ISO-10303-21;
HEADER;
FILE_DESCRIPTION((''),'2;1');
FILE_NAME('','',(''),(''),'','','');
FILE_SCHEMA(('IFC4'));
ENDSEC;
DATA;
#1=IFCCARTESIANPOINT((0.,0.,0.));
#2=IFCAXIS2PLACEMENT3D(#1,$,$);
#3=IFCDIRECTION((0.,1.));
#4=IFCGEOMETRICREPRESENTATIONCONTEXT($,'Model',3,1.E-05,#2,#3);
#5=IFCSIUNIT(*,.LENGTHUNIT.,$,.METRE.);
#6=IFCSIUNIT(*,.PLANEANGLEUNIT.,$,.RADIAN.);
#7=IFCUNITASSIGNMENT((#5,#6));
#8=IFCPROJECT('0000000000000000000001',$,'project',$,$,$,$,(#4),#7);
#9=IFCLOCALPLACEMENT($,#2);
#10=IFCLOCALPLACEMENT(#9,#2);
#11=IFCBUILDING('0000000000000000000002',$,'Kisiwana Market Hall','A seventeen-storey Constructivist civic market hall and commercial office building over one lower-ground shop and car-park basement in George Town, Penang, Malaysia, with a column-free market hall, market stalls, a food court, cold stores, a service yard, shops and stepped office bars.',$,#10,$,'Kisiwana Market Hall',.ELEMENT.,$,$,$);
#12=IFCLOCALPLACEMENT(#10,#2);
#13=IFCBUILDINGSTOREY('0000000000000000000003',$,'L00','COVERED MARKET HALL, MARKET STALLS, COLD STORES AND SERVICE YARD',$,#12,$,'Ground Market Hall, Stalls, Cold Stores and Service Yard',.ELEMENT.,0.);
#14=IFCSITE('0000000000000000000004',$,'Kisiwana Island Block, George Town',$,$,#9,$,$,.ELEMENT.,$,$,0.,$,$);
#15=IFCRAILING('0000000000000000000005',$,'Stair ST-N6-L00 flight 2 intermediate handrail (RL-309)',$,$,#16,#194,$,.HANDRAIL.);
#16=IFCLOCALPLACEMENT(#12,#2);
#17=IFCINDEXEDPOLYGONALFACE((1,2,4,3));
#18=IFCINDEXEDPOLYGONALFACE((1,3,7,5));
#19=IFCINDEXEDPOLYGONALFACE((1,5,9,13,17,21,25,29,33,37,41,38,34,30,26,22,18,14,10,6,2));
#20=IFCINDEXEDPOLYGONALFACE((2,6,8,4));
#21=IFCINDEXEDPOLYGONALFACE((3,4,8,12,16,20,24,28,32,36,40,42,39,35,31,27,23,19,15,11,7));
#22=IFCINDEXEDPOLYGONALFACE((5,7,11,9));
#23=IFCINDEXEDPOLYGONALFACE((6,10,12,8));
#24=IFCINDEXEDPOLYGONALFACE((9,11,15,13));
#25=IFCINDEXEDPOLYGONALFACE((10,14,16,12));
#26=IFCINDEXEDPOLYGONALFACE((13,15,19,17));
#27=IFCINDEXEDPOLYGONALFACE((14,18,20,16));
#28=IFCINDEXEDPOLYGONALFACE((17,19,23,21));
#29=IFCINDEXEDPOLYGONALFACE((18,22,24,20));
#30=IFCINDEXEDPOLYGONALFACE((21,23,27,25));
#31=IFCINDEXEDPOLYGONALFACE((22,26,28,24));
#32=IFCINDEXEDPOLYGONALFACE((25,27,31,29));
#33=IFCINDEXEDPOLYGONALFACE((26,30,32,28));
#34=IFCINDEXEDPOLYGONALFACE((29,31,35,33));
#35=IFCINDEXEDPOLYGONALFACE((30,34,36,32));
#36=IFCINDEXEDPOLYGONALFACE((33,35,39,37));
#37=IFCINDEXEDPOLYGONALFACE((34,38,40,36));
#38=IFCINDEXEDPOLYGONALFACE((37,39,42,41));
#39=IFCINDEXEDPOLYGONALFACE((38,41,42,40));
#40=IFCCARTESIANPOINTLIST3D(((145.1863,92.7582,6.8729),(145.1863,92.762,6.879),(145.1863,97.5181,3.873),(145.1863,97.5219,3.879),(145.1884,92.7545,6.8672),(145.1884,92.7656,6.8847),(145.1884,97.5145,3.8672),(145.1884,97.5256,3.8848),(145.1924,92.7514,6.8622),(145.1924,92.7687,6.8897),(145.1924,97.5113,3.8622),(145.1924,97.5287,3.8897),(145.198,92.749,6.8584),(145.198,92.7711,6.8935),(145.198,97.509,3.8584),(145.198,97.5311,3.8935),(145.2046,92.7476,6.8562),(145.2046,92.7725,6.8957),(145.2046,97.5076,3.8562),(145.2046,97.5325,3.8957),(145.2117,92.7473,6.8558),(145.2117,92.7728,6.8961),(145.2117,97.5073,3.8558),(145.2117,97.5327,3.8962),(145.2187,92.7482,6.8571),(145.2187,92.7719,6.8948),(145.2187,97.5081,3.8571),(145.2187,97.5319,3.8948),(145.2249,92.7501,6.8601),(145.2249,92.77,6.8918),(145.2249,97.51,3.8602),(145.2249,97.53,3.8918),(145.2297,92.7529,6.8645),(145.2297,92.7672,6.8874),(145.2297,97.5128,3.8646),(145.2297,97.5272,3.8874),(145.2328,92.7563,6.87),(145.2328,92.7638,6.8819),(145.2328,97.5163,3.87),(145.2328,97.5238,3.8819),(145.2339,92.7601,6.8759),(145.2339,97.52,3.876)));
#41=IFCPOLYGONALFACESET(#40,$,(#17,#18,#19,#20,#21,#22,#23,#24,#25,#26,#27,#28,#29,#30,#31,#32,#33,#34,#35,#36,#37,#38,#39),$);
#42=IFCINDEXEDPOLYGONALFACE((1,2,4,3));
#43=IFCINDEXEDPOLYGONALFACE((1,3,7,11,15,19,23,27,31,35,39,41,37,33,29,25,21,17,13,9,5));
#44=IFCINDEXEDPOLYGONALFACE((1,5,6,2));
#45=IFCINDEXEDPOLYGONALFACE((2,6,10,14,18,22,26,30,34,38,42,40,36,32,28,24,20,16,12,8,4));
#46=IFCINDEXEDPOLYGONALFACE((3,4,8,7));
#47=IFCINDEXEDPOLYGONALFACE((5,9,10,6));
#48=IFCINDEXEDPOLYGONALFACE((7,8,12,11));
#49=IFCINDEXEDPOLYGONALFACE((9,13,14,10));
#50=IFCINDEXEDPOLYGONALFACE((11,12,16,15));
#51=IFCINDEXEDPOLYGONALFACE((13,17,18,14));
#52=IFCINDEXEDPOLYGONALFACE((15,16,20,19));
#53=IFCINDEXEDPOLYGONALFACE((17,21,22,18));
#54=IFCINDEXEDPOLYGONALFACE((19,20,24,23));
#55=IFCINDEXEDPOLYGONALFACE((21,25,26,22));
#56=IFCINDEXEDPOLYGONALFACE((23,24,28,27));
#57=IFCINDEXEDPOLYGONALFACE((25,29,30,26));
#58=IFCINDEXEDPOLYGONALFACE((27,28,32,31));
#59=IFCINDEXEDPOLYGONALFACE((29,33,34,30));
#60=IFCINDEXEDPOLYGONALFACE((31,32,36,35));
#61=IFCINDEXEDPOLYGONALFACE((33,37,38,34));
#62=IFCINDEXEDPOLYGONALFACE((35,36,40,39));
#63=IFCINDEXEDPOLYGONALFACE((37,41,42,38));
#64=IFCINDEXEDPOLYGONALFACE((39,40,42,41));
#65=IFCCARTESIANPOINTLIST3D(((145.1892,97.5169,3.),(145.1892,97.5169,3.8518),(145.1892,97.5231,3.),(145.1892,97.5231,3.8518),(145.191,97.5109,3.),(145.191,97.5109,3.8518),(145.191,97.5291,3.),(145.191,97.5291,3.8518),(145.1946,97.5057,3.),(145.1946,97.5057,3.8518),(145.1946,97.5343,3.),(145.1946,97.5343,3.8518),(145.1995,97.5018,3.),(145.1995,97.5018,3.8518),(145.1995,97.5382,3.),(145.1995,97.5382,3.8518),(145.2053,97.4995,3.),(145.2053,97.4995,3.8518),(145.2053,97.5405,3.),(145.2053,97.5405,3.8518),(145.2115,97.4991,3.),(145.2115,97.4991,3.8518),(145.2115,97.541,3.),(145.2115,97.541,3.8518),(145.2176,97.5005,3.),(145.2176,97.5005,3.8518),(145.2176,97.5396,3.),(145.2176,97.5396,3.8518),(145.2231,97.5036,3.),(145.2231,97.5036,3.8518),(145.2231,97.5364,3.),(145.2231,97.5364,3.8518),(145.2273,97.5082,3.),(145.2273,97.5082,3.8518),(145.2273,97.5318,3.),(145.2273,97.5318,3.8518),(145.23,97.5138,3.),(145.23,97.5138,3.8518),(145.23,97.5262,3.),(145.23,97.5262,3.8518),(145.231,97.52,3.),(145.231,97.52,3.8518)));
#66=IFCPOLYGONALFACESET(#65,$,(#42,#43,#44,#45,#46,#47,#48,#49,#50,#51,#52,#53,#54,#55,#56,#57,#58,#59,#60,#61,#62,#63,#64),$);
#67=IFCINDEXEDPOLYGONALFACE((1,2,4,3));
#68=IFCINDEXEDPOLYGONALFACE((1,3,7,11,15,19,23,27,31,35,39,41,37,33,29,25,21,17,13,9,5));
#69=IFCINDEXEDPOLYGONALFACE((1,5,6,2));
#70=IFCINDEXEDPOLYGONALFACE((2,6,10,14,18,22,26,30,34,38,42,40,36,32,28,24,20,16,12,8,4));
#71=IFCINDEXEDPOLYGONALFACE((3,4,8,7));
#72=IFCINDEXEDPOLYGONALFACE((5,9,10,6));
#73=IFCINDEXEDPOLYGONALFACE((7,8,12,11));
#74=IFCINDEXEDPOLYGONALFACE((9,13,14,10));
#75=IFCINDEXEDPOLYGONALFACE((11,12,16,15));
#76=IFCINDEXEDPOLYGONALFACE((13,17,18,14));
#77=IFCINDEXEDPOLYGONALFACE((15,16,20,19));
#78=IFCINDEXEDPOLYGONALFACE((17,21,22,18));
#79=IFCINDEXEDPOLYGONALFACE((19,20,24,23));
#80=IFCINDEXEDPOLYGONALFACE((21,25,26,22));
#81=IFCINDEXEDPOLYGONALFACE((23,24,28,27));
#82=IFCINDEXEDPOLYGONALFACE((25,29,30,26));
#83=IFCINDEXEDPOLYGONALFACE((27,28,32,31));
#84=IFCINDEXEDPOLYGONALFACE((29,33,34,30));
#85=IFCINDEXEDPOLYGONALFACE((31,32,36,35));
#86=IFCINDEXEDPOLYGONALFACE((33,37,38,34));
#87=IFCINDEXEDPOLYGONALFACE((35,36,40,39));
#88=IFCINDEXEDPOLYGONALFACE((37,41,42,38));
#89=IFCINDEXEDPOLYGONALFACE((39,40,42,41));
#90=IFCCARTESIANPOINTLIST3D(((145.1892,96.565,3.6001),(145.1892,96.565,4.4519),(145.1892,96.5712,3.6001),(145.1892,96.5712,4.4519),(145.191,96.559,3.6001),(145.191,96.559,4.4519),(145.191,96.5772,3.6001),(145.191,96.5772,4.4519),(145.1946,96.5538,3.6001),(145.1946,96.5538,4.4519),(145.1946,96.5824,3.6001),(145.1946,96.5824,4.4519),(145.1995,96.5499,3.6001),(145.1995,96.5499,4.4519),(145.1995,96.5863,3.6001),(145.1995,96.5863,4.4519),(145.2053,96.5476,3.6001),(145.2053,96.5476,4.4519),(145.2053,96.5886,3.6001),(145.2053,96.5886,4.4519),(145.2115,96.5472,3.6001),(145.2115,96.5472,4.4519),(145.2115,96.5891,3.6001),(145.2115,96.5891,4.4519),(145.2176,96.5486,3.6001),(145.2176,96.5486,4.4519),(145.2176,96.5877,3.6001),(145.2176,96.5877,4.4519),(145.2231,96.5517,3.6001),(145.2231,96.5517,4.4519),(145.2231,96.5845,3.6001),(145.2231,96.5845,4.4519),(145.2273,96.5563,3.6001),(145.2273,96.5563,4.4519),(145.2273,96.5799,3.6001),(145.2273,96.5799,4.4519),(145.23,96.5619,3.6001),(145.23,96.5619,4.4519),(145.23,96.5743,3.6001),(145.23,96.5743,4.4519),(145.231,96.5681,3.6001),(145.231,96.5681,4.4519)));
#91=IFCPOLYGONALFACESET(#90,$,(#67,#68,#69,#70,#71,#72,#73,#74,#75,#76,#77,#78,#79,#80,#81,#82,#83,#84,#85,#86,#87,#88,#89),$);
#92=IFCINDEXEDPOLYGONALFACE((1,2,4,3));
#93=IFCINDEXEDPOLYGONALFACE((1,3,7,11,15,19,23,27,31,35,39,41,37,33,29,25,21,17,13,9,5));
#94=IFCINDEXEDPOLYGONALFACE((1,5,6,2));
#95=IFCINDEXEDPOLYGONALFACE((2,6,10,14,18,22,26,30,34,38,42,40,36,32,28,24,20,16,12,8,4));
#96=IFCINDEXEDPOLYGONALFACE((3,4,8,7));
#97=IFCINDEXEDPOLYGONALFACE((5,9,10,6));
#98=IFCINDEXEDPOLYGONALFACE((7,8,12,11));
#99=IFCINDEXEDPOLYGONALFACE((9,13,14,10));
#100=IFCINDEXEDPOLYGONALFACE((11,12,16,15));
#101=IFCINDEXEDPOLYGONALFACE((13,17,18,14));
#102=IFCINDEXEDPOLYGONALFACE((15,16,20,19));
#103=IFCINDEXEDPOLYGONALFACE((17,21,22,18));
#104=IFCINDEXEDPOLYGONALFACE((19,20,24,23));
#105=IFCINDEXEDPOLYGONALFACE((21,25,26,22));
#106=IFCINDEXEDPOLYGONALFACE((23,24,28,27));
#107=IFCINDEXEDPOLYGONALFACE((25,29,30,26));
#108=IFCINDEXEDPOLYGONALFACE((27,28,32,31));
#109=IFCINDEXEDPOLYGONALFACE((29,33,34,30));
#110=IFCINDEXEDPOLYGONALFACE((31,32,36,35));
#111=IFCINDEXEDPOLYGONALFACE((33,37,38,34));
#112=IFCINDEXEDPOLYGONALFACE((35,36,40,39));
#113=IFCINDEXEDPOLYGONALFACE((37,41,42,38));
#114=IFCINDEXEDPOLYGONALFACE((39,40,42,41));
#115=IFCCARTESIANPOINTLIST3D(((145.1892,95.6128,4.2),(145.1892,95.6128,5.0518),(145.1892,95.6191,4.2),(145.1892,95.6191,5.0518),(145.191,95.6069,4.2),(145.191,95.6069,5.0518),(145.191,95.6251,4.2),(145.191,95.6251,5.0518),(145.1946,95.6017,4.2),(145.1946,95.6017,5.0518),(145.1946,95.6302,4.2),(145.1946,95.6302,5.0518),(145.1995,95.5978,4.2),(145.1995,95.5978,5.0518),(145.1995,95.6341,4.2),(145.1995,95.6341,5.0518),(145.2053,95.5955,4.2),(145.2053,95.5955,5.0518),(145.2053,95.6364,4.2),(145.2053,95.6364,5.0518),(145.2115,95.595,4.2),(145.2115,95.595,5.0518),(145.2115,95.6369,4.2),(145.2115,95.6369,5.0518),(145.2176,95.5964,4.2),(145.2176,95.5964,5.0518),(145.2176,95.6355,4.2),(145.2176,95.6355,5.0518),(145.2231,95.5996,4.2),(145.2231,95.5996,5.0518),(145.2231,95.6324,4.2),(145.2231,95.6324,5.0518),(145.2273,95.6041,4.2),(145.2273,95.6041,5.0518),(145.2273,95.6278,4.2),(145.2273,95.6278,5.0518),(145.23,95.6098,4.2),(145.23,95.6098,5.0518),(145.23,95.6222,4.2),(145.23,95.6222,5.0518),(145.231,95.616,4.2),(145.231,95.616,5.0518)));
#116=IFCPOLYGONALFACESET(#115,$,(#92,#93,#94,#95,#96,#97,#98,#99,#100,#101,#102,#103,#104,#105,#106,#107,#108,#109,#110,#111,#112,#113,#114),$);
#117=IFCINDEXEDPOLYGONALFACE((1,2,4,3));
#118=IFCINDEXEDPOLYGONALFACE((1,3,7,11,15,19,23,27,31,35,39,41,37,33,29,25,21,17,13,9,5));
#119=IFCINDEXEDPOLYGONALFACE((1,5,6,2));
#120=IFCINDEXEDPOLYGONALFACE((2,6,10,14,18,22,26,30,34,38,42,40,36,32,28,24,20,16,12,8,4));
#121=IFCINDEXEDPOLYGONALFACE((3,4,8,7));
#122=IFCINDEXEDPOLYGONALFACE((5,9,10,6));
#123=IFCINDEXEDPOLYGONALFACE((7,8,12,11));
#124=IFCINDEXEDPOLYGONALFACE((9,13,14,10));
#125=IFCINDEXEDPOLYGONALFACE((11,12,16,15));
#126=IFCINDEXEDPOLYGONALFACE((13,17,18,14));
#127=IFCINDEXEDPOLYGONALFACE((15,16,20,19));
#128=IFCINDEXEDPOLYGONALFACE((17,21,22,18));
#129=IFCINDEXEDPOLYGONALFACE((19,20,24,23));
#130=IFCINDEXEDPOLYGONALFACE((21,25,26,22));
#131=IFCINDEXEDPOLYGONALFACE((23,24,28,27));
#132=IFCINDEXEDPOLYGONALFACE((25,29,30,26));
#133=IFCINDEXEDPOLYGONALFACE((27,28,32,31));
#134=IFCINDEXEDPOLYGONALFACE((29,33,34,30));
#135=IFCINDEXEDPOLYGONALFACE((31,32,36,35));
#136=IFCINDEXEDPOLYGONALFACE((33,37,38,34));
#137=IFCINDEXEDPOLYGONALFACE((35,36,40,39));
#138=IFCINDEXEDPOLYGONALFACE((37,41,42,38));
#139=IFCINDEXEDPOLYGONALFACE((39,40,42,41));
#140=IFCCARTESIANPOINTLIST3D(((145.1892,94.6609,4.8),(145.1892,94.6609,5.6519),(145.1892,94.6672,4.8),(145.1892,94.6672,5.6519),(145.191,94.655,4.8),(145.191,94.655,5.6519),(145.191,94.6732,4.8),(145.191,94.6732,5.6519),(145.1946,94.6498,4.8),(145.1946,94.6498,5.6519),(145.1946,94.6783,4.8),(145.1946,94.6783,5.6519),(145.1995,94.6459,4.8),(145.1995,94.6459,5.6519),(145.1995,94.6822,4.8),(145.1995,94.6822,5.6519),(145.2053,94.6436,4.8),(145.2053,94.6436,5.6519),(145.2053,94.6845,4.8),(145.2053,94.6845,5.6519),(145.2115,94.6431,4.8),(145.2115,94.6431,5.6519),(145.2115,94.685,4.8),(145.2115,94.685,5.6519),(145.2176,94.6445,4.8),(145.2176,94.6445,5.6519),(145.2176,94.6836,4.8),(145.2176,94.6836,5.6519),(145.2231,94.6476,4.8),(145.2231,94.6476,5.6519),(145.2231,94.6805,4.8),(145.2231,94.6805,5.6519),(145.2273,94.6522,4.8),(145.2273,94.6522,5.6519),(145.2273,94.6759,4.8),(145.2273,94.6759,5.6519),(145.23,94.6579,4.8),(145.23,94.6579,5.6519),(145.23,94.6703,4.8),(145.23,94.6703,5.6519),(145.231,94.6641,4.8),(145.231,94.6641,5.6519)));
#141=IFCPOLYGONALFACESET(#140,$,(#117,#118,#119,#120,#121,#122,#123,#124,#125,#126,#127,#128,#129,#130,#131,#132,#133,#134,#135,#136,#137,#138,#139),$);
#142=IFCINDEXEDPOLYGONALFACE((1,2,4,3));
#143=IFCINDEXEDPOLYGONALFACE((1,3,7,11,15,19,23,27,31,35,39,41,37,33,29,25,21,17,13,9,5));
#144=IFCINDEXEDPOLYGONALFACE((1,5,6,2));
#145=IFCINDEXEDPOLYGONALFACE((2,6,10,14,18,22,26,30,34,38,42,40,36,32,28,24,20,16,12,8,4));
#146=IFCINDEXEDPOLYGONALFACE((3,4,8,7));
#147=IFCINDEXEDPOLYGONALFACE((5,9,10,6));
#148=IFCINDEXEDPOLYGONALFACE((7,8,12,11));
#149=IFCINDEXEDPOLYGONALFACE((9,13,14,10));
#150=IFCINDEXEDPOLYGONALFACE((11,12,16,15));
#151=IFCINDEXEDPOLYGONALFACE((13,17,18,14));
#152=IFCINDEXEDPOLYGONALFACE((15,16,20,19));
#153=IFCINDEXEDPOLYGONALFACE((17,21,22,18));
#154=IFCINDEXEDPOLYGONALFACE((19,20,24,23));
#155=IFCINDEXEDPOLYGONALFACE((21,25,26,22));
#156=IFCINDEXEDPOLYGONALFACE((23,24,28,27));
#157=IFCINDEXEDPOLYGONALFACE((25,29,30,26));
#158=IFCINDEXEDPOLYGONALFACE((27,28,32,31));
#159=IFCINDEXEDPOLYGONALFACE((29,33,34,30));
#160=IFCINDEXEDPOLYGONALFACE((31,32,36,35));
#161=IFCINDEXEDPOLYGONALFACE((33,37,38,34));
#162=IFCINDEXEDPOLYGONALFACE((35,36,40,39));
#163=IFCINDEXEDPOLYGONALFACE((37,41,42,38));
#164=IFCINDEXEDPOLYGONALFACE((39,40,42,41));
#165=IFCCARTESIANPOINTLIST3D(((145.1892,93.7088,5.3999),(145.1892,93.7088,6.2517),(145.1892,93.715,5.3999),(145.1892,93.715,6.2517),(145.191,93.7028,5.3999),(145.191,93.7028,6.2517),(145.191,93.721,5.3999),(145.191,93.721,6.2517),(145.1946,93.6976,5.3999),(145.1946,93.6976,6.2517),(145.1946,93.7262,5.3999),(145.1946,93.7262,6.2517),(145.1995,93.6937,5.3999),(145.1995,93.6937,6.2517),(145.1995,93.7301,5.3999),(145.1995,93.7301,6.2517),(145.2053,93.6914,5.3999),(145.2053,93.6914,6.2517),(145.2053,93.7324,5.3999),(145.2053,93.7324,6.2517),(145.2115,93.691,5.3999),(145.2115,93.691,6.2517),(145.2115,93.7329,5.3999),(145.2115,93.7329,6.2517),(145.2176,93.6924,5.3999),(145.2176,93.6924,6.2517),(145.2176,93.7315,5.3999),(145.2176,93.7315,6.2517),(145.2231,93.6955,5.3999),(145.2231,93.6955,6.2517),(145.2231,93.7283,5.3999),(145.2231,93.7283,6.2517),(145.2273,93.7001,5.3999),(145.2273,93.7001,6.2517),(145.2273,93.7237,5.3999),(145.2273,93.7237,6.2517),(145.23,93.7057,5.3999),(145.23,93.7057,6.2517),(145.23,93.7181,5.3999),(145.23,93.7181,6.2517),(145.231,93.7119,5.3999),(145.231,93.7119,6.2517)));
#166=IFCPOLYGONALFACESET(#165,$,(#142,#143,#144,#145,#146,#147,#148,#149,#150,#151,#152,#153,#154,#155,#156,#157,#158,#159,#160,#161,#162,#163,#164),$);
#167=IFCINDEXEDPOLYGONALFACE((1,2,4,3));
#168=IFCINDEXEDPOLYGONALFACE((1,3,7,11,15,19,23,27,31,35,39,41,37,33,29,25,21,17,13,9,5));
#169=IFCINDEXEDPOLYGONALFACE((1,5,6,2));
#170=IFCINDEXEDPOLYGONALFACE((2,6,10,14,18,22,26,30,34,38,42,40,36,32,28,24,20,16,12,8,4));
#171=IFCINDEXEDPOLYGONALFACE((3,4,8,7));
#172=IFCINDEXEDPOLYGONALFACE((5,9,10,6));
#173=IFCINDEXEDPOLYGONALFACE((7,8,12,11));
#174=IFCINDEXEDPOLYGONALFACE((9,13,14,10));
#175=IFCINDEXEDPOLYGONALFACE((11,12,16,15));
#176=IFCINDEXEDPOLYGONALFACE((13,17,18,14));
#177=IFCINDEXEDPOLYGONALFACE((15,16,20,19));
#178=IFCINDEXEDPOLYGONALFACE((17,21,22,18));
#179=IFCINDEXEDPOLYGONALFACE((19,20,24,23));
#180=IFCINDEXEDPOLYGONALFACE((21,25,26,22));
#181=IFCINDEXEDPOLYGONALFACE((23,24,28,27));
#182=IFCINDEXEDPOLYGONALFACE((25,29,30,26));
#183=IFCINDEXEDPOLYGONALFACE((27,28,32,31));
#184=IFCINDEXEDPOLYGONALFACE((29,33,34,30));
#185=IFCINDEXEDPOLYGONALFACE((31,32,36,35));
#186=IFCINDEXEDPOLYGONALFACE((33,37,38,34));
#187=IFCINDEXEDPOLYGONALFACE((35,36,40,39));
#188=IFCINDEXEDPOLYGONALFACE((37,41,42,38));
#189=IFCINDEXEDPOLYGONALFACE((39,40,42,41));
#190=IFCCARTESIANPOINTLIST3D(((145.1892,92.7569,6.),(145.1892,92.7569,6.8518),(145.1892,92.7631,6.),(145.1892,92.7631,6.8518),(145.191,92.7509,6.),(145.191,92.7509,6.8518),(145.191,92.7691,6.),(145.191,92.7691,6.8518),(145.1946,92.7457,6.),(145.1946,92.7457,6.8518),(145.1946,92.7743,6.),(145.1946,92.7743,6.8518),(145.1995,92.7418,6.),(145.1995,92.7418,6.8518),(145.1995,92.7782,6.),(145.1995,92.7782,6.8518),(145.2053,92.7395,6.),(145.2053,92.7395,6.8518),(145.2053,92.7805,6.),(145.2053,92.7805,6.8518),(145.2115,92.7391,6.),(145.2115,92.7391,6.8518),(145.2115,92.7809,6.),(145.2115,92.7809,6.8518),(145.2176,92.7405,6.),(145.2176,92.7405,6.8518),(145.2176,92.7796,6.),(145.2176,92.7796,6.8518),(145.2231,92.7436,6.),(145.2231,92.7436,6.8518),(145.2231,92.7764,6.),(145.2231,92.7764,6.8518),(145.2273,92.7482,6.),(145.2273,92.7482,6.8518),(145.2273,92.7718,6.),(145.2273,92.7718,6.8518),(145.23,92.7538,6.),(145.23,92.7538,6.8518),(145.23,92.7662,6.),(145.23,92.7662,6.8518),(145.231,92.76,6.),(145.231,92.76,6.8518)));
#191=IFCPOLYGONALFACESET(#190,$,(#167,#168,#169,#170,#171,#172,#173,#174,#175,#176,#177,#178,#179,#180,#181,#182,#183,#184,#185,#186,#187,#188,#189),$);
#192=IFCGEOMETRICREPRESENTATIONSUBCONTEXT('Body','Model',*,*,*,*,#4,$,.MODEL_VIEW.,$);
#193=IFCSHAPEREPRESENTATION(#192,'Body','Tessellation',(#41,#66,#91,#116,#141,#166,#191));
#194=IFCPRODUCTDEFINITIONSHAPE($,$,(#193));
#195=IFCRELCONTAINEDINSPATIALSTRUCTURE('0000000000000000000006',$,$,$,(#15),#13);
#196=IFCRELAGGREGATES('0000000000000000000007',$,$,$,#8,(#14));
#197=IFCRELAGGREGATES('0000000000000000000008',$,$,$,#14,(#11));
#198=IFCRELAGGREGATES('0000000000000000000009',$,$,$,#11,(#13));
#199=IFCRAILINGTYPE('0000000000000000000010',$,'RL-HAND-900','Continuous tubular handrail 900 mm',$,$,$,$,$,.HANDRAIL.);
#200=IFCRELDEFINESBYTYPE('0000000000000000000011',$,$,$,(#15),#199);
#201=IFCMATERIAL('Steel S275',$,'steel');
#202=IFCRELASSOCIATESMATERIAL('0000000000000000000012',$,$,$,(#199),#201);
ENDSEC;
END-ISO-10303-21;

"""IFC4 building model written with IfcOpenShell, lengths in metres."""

from ifc_helpers import new_model, si_unit, direction, frame, origin, origin_2d, place, context, subcontext, project, spatial, circle, extrude, material, type_object, element, save


model = new_model("IFC4")

# Units and contexts
model_context = context("Model", 3, precision=1e-05, world=origin(), true_north=direction((0.0, 1.0)))
body_context = subcontext(model_context, "Body", "Model", "MODEL_VIEW")
ifc_project = project(units=[si_unit("LENGTHUNIT", "METRE"), si_unit("PLANEANGLEUNIT", "RADIAN")], contexts=[model_context])

# Site, building, storey
site_placement = place(None, origin())
site = spatial("IfcSite", under=ifc_project, at=site_placement, Name="Kisiwana Island Block, George Town", CompositionType="ELEMENT", RefElevation=0.0)
building_placement = place(site_placement, origin())
building = spatial("IfcBuilding", under=site, at=building_placement, Name="Kisiwana Market Hall", Description="A seventeen-storey Constructivist civic market hall and commercial office building over one lower-ground shop and car-park basement in George Town, Penang, Malaysia, with a column-free market hall, market stalls, a food court, cold stores, a service yard, shops and stepped office bars.", LongName="Kisiwana Market Hall", CompositionType="ELEMENT")
storey_placement = place(building_placement, origin())
storey = spatial("IfcBuildingStorey", under=building, at=storey_placement, Name="L00", Description="COVERED MARKET HALL, MARKET STALLS, COLD STORES AND SERVICE YARD", LongName="Ground Market Hall, Stalls, Cold Stores and Service Yard", CompositionType="ELEMENT", Elevation=0.0)

# Railing
ifc_material_1 = material(Name="Steel S275", Category="steel")
railing_type_1 = type_object("IfcRailingType", Name="RL-HAND-900", Description="Continuous tubular handrail 900 mm", PredefinedType="HANDRAIL", material=ifc_material_1)
railing_1_placement = place(storey_placement, frame((145.21, 97.52, 3.0)))
element("IfcRailing", 1, at=railing_1_placement, inside=storey, type_object=railing_type_1, Name="Stair ST-N6-L00 flight 2 intermediate handrail (RL-309)", PredefinedType="HANDRAIL", context=body_context, shape_type="SweptSolid", body=[
    extrude(circle(Radius=0.0239, at=origin_2d()), frame((0.0, 0.0, 0.876), z_axis=(0.0, -0.845996, 0.53319), x_axis=(1.0, 0.0, 0.0)), (0.0, 0.0, 1.0), 5.6265),
    extrude(circle(Radius=0.021, at=origin_2d()), origin(), (0.0, 0.0, 1.0), 0.8518),
    extrude(circle(Radius=0.021, at=origin_2d()), frame((0.0, -0.9519, 0.6001)), (0.0, 0.0, 1.0), 0.8518),
    extrude(circle(Radius=0.021, at=origin_2d()), frame((0.0, -1.9041, 1.2)), (0.0, 0.0, 1.0), 0.8518),
    extrude(circle(Radius=0.021, at=origin_2d()), frame((0.0, -2.856, 1.8)), (0.0, 0.0, 1.0), 0.8518),
    extrude(circle(Radius=0.021, at=origin_2d()), frame((0.0, -3.8081, 2.3999)), (0.0, 0.0, 1.0), 0.8518),
    extrude(circle(Radius=0.021, at=origin_2d()), frame((0.0, -4.76, 3.0)), (0.0, 0.0, 1.0), 0.8518),
])

save(model, "model.ifc")
